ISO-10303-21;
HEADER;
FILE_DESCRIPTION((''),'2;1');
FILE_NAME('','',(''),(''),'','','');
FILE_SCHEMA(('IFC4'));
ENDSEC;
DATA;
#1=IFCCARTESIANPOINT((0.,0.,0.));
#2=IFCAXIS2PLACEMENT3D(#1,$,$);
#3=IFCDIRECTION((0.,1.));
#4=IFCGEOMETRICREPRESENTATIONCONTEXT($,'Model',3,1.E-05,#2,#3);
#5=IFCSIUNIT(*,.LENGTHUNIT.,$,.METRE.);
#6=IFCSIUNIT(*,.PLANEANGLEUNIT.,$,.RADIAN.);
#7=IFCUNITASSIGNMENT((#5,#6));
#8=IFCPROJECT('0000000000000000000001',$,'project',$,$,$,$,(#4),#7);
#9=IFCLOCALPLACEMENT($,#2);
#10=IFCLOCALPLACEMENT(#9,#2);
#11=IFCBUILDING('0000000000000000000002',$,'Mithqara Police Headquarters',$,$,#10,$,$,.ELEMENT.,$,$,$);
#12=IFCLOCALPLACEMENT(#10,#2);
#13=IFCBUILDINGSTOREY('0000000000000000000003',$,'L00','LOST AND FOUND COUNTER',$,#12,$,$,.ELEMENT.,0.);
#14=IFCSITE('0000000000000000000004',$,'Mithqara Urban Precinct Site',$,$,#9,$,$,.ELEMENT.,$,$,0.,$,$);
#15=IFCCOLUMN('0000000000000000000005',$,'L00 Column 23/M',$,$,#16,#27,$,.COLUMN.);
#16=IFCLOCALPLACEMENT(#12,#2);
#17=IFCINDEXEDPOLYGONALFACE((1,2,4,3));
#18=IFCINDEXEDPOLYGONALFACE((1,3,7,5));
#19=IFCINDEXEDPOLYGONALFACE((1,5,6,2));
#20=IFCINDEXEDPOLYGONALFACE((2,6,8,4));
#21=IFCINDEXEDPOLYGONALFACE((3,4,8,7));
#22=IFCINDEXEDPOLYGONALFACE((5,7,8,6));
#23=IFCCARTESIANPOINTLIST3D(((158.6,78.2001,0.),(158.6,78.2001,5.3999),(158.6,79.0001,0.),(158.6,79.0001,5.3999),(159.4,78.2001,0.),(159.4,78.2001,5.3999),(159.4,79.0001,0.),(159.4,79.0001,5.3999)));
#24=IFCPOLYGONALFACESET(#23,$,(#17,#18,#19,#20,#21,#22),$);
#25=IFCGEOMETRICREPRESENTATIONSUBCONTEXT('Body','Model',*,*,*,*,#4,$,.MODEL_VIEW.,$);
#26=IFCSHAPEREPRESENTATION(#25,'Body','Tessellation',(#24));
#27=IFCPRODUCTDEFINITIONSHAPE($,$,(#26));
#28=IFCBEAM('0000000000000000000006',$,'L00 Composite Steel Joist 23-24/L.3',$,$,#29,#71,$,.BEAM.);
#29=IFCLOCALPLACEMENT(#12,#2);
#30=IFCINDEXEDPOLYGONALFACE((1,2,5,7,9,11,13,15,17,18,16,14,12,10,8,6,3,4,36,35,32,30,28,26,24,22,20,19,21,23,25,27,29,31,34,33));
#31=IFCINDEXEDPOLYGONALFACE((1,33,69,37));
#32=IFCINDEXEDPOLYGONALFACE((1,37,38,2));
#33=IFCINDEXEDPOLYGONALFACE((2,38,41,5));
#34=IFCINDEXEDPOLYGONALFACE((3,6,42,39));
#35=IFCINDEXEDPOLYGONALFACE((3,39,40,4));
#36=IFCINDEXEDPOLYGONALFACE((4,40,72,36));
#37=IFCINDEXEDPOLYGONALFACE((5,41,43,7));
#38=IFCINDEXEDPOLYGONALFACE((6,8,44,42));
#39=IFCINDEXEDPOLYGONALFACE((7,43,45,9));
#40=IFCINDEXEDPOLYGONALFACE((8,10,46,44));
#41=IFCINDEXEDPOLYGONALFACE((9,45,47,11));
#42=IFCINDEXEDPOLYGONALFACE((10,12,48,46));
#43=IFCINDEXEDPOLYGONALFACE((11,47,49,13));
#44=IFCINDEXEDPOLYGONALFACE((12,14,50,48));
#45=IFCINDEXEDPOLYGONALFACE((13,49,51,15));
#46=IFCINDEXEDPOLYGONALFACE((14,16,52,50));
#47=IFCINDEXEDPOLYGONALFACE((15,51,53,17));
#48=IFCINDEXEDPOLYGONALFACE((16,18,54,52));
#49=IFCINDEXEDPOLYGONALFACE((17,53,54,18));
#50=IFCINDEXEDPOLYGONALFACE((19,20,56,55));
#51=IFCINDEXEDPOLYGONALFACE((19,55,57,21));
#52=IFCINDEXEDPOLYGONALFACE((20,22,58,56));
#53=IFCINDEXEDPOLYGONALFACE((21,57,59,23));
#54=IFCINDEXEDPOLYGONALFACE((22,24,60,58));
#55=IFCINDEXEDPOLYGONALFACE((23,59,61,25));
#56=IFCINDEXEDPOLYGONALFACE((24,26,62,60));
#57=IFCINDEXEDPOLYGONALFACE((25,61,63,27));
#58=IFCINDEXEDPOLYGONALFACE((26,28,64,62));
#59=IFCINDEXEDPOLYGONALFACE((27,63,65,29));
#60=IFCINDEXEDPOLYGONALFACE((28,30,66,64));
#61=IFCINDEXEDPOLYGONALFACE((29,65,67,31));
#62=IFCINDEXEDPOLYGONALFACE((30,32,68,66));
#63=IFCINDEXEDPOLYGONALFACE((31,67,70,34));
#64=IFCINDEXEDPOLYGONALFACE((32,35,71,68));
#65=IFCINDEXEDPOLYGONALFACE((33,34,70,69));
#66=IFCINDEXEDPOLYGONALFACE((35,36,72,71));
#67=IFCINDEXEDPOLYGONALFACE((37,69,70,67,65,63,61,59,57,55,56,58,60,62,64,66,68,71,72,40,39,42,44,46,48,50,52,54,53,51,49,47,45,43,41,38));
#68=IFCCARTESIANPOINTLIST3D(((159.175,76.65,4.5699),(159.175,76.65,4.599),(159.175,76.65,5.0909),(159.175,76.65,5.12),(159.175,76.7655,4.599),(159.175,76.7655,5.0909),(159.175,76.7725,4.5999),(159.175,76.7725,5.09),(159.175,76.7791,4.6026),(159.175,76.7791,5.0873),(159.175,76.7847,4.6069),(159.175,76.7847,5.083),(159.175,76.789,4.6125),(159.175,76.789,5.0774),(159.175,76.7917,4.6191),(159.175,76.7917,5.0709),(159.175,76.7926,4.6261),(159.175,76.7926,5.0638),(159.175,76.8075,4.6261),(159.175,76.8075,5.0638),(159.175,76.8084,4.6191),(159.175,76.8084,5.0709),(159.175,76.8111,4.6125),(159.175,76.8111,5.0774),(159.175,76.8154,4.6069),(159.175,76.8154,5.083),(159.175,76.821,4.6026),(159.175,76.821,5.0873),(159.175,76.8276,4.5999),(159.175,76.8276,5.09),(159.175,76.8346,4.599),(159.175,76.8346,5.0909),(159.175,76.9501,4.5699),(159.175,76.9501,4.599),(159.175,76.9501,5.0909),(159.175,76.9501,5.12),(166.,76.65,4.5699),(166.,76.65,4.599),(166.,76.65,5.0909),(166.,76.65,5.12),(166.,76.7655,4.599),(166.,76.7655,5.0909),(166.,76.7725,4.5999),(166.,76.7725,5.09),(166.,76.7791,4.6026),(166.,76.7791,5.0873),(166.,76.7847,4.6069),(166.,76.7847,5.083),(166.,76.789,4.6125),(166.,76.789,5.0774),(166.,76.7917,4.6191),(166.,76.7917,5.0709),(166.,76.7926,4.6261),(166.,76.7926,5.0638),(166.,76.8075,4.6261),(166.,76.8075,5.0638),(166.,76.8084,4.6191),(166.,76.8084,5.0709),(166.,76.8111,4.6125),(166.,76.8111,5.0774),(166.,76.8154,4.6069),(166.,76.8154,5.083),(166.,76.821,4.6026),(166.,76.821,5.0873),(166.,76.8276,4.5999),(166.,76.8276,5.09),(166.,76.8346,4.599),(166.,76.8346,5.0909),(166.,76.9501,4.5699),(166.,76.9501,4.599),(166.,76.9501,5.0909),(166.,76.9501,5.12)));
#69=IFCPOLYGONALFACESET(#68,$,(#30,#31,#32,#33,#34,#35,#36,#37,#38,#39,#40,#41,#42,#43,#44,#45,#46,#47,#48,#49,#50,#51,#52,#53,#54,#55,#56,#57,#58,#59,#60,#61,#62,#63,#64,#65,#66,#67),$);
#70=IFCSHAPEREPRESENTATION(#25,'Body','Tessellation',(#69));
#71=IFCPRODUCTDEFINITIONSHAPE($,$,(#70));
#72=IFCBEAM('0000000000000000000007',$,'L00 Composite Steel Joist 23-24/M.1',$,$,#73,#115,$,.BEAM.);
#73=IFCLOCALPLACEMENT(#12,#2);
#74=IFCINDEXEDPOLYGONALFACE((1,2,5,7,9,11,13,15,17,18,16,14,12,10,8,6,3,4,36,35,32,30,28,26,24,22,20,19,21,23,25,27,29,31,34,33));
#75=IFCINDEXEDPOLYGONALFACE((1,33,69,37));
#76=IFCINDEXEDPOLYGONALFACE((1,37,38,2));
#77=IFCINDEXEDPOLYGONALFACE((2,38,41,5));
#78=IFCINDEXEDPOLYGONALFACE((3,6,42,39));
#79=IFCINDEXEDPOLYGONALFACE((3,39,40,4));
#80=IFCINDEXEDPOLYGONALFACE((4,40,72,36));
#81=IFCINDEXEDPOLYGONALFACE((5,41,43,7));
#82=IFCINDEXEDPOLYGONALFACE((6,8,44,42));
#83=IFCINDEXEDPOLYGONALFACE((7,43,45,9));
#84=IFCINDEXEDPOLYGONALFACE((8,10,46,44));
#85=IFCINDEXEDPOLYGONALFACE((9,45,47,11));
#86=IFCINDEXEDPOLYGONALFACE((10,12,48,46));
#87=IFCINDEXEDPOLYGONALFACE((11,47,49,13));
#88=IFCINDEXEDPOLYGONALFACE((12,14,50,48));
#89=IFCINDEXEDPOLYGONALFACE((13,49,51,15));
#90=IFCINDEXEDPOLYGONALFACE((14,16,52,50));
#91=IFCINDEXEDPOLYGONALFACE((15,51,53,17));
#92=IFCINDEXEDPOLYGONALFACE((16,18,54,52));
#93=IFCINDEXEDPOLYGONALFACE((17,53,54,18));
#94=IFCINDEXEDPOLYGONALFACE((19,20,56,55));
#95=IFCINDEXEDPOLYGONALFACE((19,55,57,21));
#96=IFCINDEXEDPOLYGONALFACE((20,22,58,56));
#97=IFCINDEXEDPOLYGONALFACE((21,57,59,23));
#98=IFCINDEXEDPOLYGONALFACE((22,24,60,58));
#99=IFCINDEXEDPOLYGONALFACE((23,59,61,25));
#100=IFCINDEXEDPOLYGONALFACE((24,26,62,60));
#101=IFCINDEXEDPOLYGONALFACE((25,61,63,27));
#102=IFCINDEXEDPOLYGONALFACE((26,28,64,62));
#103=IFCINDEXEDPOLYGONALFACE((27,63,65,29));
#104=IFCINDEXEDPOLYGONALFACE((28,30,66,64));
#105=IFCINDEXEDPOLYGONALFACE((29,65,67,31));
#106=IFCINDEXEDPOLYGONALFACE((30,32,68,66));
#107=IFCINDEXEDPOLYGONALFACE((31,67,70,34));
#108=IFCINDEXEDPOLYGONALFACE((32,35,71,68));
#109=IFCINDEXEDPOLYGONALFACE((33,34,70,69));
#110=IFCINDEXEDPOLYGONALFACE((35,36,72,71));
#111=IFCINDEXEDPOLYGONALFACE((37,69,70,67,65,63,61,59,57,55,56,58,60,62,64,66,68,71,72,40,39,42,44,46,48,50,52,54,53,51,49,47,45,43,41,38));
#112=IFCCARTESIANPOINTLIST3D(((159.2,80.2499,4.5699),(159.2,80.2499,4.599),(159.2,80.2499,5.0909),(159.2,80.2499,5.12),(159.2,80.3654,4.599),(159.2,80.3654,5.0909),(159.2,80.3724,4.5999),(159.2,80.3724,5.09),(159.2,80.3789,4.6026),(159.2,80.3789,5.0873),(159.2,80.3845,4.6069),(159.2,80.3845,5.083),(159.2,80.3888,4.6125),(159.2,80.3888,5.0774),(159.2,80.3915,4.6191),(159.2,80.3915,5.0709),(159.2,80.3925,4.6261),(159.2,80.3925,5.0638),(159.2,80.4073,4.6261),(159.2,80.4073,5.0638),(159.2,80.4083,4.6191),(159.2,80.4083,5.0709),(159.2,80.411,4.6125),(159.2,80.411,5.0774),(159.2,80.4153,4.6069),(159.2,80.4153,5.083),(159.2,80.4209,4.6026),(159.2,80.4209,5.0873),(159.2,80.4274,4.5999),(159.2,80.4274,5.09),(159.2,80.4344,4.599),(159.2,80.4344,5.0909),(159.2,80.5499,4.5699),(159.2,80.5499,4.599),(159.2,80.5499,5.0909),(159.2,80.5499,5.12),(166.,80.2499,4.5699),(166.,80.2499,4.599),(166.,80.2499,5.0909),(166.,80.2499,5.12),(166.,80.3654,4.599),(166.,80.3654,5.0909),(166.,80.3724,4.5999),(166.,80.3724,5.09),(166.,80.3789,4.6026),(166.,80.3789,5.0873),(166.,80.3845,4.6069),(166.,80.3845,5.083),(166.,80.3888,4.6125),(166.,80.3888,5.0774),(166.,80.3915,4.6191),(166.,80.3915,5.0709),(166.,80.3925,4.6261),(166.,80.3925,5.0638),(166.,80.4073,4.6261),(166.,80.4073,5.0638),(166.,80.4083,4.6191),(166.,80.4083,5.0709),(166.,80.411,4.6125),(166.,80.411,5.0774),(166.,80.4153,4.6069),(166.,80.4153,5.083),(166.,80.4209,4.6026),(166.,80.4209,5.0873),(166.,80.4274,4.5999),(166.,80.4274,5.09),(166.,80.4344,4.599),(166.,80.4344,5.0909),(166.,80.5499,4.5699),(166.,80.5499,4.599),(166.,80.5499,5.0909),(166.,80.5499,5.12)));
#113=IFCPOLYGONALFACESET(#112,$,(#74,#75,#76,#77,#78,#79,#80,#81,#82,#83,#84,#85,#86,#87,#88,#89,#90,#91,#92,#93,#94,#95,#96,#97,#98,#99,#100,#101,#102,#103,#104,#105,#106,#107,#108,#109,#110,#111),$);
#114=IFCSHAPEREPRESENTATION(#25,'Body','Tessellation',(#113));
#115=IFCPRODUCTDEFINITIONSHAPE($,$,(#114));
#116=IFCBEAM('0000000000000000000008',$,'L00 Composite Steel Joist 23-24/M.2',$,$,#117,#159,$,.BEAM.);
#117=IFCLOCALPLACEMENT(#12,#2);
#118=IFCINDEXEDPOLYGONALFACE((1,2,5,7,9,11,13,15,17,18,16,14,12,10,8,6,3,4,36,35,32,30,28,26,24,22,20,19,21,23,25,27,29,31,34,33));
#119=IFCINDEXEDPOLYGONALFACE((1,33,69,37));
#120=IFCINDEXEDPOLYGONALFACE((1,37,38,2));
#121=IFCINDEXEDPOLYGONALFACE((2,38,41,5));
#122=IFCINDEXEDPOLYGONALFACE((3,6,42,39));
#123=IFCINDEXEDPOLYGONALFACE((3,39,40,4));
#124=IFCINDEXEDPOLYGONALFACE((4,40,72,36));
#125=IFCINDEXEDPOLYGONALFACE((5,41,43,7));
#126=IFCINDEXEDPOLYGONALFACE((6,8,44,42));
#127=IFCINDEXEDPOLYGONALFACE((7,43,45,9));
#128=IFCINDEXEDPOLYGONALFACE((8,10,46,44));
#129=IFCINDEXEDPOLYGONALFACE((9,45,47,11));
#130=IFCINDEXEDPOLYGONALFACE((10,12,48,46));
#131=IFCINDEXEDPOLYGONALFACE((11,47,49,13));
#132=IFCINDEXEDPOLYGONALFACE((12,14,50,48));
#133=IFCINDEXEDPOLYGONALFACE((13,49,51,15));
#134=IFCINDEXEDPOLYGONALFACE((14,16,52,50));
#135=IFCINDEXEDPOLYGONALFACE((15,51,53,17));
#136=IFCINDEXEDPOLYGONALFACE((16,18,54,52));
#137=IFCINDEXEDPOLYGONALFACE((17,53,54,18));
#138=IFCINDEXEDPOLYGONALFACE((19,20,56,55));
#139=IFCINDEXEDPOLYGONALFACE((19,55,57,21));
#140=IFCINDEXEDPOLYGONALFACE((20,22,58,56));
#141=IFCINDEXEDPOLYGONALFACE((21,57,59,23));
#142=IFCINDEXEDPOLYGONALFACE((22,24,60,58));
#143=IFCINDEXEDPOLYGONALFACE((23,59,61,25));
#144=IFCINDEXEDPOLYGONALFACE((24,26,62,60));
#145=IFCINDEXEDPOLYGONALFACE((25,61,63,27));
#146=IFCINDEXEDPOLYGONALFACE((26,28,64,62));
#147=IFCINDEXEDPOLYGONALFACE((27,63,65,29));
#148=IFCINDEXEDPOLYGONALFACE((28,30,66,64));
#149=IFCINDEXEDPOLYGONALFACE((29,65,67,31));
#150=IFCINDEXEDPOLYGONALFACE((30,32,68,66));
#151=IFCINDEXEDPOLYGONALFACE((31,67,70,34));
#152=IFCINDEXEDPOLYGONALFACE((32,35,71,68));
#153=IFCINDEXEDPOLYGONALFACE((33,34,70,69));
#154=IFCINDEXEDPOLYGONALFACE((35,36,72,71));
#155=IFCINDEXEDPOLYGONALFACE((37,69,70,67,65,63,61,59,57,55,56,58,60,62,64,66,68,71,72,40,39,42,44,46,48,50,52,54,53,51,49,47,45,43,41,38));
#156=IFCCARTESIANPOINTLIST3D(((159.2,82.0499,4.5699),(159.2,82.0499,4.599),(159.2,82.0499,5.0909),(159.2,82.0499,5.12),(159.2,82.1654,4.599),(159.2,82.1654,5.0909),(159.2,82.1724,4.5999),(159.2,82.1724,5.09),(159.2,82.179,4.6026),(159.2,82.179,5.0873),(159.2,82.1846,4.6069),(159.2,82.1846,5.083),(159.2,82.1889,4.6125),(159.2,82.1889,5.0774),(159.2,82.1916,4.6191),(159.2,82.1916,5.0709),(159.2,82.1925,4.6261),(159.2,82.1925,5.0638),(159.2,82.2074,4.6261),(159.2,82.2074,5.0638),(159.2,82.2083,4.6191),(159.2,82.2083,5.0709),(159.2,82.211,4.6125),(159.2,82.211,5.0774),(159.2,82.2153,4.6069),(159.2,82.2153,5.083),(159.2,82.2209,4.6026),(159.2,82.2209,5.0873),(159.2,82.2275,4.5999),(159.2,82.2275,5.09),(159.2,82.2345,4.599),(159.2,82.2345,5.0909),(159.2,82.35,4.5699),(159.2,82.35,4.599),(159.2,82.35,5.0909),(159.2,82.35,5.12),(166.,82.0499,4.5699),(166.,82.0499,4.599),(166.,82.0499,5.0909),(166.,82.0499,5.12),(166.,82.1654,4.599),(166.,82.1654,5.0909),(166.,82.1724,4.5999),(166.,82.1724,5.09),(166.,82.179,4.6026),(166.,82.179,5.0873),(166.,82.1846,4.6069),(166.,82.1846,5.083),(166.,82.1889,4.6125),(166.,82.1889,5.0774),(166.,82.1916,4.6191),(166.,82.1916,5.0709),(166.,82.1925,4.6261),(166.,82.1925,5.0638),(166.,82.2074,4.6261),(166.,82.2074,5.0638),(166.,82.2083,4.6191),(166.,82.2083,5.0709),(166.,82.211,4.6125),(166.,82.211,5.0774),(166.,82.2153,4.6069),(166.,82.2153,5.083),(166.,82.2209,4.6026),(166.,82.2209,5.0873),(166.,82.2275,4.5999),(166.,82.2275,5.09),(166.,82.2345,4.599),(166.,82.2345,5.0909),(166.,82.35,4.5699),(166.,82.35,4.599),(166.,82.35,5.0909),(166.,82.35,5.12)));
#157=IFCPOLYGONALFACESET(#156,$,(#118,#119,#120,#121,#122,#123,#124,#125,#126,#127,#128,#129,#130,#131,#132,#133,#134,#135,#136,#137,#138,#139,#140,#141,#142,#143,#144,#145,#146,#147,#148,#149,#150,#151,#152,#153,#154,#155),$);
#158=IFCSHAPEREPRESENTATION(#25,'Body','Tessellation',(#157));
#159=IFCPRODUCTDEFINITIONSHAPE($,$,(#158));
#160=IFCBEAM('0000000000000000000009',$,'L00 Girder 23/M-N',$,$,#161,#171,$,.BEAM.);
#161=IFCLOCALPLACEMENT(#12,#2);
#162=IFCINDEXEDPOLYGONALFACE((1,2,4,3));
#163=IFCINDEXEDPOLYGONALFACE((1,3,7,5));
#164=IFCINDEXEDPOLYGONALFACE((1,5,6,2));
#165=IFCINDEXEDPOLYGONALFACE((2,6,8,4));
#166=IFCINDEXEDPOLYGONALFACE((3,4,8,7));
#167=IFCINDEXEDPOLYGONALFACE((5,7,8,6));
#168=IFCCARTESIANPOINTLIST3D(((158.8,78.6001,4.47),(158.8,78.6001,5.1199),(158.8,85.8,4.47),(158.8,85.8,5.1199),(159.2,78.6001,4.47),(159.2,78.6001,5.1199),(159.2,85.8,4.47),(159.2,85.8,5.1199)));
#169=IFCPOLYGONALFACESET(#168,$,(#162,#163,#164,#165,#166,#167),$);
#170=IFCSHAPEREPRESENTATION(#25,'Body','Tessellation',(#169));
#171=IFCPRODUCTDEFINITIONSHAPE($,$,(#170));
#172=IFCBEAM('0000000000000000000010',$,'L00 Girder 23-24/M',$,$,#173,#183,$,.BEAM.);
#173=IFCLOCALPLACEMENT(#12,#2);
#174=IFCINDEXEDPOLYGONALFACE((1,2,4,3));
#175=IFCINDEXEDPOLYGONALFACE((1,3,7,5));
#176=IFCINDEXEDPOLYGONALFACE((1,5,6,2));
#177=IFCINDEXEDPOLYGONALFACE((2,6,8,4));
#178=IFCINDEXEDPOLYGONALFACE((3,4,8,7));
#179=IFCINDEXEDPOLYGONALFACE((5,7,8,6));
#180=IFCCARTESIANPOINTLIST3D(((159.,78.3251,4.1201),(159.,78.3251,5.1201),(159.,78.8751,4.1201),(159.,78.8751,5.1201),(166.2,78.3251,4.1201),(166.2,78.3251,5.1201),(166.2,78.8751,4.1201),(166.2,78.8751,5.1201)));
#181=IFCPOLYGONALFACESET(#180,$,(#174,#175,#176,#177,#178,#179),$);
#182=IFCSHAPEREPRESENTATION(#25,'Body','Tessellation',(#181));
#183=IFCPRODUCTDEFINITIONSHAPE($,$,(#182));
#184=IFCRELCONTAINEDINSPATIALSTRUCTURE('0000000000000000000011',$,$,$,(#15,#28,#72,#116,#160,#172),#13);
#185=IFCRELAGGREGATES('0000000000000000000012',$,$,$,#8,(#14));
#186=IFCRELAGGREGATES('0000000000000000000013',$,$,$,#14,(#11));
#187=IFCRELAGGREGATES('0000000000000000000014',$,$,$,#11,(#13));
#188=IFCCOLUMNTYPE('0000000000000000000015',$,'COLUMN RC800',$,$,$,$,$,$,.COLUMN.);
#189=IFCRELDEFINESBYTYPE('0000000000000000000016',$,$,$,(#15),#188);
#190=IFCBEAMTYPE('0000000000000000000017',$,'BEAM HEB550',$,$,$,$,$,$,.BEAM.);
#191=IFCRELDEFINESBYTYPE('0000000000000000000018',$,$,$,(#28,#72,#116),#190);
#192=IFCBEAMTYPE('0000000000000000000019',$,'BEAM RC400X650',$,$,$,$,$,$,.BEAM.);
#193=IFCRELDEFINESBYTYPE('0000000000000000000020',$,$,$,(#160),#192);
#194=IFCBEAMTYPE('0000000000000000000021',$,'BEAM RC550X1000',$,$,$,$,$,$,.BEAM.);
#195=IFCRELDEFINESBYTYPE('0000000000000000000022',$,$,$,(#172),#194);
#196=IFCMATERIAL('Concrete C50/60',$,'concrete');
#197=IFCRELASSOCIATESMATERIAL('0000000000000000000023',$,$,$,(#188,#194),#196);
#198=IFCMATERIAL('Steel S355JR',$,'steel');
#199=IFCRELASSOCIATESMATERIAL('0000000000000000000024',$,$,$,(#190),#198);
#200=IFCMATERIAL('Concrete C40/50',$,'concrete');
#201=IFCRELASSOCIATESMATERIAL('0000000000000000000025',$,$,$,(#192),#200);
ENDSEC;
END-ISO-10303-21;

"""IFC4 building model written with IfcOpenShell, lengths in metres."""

from ifc_helpers import new_model, si_unit, direction, frame, origin, origin_2d, place, context, subcontext, project, spatial, rectangle, i_section, extrude, material, material_profile, profile_set, type_object, element, save


model = new_model("IFC4")

# Units and contexts
model_context = context("Model", 3, precision=1e-05, world=origin(), true_north=direction((0.0, 1.0)))
body_context = subcontext(model_context, "Body", "Model", "MODEL_VIEW")
ifc_project = project(units=[si_unit("LENGTHUNIT", "METRE"), si_unit("PLANEANGLEUNIT", "RADIAN")], contexts=[model_context])

# Site, building, storey
site_placement = place(None, origin())
site = spatial("IfcSite", under=ifc_project, at=site_placement, Name="Mithqara Urban Precinct Site", CompositionType="ELEMENT", RefElevation=0.0)
building_placement = place(site_placement, origin())
building = spatial("IfcBuilding", under=site, at=building_placement, Name="Mithqara Police Headquarters", CompositionType="ELEMENT")
storey_placement = place(building_placement, origin())
storey = spatial("IfcBuildingStorey", under=building, at=storey_placement, Name="L00", Description="LOST AND FOUND COUNTER", CompositionType="ELEMENT", Elevation=0.0)

# Column
ifc_material_1 = material(Name="Concrete C50/60", Category="concrete")
ifc_material_profile_1 = material_profile(ifc_material_1, rectangle(XDim=0.8, YDim=0.8, at=origin_2d()), Name="RC 800x800")
ifc_profile_set_1 = profile_set([ifc_material_profile_1], Name="Concrete C50/60")
column_type = type_object("IfcColumnType", Name="COLUMN RC800", PredefinedType="COLUMN", material=ifc_profile_set_1)
column_placement = place(storey_placement, frame((159.0, 78.6001, 0.0), z_axis=(0.0, 0.0, 1.0), x_axis=(1.0, 0.0, 0.0)))
element("IfcColumn", 1, at=column_placement, inside=storey, type_object=column_type, Name="L00 Column 23/M", PredefinedType="COLUMN", context=body_context, shape_type="SweptSolid", body=[
    extrude(rectangle(XDim=0.8, YDim=0.8, at=origin_2d()), origin(), (0.0, 0.0, 1.0), 5.3999),
])

# Beams
ifc_material_2 = material(Name="Steel S355JR", Category="steel")
ifc_material_profile_2 = material_profile(ifc_material_2, i_section(OverallWidth=0.3, OverallDepth=0.55, WebThickness=0.0149, FlangeThickness=0.0291, FilletRadius=0.0271, at=origin_2d()), Name="HEB 550")
ifc_profile_set_2 = profile_set([ifc_material_profile_2], Name="Steel S355JR")
beam_type_1 = type_object("IfcBeamType", Name="BEAM HEB550", PredefinedType="BEAM", material=ifc_profile_set_2)
beam_1_placement = place(storey_placement, frame((159.175, 76.8, 4.845), z_axis=(1.0, 0.0, 0.0), x_axis=(0.0, 1.0, 0.0)))
element("IfcBeam", 2, at=beam_1_placement, inside=storey, type_object=beam_type_1, Name="L00 Composite Steel Joist 23-24/L.3", PredefinedType="BEAM", context=body_context, shape_type="SweptSolid", body=[
    extrude(i_section(OverallWidth=0.3, OverallDepth=0.55, WebThickness=0.0149, FlangeThickness=0.0291, FilletRadius=0.0271, at=origin_2d()), origin(), (0.0, 0.0, 1.0), 6.825),
])
for number, where, z_axis, x_axis, name in (
    (3, (159.2, 80.3999, 4.845), (1.0, 0.0, 0.0), (0.0, 1.0, 0.0), "L00 Composite Steel Joist 23-24/M.1"),
    (4, (159.2, 82.2, 4.845), (1.0, 0.0, 0.0), (0.0, 1.0, 0.0), "L00 Composite Steel Joist 23-24/M.2"),
):
    element("IfcBeam", number, at=place(storey_placement, frame(where, z_axis=z_axis, x_axis=x_axis)), inside=storey, type_object=beam_type_1, Name=name, PredefinedType="BEAM", context=body_context, shape_type="SweptSolid", body=[
        extrude(i_section(OverallWidth=0.3, OverallDepth=0.55, WebThickness=0.0149, FlangeThickness=0.0291, FilletRadius=0.0271, at=origin_2d()), origin(), (0.0, 0.0, 1.0), 6.8),
    ])
ifc_material_3 = material(Name="Concrete C40/50", Category="concrete")
ifc_material_profile_3 = material_profile(ifc_material_3, rectangle(XDim=0.3999, YDim=0.6499, at=origin_2d()), Name="RC 400x650")
ifc_profile_set_3 = profile_set([ifc_material_profile_3], Name="Concrete C40/50")
beam_type_2 = type_object("IfcBeamType", Name="BEAM RC400X650", PredefinedType="BEAM", material=ifc_profile_set_3)
beam_2_placement = place(storey_placement, frame((159.0, 78.6001, 4.7949), z_axis=(0.0, 1.0, 0.0), x_axis=(-1.0, 0.0, 0.0)))
element("IfcBeam", 5, at=beam_2_placement, inside=storey, type_object=beam_type_2, Name="L00 Girder 23/M-N", PredefinedType="BEAM", context=body_context, shape_type="SweptSolid", body=[
    extrude(rectangle(XDim=0.3999, YDim=0.6499, at=origin_2d()), origin(), (0.0, 0.0, 1.0), 7.2),
])
ifc_material_profile_4 = material_profile(ifc_material_1, rectangle(XDim=0.55, YDim=1.0, at=origin_2d()), Name="RC 550x1000")
ifc_profile_set_4 = profile_set([ifc_material_profile_4], Name="Concrete C50/60")
beam_type_3 = type_object("IfcBeamType", Name="BEAM RC550X1000", PredefinedType="BEAM", material=ifc_profile_set_4)
beam_3_placement = place(storey_placement, frame((159.0, 78.6001, 4.6201), z_axis=(1.0, 0.0, 0.0), x_axis=(0.0, 1.0, 0.0)))
element("IfcBeam", 6, at=beam_3_placement, inside=storey, type_object=beam_type_3, Name="L00 Girder 23-24/M", PredefinedType="BEAM", context=body_context, shape_type="SweptSolid", body=[
    extrude(rectangle(XDim=0.55, YDim=1.0, at=origin_2d()), origin(), (0.0, 0.0, 1.0), 7.2),
])

save(model, "model.ifc")
